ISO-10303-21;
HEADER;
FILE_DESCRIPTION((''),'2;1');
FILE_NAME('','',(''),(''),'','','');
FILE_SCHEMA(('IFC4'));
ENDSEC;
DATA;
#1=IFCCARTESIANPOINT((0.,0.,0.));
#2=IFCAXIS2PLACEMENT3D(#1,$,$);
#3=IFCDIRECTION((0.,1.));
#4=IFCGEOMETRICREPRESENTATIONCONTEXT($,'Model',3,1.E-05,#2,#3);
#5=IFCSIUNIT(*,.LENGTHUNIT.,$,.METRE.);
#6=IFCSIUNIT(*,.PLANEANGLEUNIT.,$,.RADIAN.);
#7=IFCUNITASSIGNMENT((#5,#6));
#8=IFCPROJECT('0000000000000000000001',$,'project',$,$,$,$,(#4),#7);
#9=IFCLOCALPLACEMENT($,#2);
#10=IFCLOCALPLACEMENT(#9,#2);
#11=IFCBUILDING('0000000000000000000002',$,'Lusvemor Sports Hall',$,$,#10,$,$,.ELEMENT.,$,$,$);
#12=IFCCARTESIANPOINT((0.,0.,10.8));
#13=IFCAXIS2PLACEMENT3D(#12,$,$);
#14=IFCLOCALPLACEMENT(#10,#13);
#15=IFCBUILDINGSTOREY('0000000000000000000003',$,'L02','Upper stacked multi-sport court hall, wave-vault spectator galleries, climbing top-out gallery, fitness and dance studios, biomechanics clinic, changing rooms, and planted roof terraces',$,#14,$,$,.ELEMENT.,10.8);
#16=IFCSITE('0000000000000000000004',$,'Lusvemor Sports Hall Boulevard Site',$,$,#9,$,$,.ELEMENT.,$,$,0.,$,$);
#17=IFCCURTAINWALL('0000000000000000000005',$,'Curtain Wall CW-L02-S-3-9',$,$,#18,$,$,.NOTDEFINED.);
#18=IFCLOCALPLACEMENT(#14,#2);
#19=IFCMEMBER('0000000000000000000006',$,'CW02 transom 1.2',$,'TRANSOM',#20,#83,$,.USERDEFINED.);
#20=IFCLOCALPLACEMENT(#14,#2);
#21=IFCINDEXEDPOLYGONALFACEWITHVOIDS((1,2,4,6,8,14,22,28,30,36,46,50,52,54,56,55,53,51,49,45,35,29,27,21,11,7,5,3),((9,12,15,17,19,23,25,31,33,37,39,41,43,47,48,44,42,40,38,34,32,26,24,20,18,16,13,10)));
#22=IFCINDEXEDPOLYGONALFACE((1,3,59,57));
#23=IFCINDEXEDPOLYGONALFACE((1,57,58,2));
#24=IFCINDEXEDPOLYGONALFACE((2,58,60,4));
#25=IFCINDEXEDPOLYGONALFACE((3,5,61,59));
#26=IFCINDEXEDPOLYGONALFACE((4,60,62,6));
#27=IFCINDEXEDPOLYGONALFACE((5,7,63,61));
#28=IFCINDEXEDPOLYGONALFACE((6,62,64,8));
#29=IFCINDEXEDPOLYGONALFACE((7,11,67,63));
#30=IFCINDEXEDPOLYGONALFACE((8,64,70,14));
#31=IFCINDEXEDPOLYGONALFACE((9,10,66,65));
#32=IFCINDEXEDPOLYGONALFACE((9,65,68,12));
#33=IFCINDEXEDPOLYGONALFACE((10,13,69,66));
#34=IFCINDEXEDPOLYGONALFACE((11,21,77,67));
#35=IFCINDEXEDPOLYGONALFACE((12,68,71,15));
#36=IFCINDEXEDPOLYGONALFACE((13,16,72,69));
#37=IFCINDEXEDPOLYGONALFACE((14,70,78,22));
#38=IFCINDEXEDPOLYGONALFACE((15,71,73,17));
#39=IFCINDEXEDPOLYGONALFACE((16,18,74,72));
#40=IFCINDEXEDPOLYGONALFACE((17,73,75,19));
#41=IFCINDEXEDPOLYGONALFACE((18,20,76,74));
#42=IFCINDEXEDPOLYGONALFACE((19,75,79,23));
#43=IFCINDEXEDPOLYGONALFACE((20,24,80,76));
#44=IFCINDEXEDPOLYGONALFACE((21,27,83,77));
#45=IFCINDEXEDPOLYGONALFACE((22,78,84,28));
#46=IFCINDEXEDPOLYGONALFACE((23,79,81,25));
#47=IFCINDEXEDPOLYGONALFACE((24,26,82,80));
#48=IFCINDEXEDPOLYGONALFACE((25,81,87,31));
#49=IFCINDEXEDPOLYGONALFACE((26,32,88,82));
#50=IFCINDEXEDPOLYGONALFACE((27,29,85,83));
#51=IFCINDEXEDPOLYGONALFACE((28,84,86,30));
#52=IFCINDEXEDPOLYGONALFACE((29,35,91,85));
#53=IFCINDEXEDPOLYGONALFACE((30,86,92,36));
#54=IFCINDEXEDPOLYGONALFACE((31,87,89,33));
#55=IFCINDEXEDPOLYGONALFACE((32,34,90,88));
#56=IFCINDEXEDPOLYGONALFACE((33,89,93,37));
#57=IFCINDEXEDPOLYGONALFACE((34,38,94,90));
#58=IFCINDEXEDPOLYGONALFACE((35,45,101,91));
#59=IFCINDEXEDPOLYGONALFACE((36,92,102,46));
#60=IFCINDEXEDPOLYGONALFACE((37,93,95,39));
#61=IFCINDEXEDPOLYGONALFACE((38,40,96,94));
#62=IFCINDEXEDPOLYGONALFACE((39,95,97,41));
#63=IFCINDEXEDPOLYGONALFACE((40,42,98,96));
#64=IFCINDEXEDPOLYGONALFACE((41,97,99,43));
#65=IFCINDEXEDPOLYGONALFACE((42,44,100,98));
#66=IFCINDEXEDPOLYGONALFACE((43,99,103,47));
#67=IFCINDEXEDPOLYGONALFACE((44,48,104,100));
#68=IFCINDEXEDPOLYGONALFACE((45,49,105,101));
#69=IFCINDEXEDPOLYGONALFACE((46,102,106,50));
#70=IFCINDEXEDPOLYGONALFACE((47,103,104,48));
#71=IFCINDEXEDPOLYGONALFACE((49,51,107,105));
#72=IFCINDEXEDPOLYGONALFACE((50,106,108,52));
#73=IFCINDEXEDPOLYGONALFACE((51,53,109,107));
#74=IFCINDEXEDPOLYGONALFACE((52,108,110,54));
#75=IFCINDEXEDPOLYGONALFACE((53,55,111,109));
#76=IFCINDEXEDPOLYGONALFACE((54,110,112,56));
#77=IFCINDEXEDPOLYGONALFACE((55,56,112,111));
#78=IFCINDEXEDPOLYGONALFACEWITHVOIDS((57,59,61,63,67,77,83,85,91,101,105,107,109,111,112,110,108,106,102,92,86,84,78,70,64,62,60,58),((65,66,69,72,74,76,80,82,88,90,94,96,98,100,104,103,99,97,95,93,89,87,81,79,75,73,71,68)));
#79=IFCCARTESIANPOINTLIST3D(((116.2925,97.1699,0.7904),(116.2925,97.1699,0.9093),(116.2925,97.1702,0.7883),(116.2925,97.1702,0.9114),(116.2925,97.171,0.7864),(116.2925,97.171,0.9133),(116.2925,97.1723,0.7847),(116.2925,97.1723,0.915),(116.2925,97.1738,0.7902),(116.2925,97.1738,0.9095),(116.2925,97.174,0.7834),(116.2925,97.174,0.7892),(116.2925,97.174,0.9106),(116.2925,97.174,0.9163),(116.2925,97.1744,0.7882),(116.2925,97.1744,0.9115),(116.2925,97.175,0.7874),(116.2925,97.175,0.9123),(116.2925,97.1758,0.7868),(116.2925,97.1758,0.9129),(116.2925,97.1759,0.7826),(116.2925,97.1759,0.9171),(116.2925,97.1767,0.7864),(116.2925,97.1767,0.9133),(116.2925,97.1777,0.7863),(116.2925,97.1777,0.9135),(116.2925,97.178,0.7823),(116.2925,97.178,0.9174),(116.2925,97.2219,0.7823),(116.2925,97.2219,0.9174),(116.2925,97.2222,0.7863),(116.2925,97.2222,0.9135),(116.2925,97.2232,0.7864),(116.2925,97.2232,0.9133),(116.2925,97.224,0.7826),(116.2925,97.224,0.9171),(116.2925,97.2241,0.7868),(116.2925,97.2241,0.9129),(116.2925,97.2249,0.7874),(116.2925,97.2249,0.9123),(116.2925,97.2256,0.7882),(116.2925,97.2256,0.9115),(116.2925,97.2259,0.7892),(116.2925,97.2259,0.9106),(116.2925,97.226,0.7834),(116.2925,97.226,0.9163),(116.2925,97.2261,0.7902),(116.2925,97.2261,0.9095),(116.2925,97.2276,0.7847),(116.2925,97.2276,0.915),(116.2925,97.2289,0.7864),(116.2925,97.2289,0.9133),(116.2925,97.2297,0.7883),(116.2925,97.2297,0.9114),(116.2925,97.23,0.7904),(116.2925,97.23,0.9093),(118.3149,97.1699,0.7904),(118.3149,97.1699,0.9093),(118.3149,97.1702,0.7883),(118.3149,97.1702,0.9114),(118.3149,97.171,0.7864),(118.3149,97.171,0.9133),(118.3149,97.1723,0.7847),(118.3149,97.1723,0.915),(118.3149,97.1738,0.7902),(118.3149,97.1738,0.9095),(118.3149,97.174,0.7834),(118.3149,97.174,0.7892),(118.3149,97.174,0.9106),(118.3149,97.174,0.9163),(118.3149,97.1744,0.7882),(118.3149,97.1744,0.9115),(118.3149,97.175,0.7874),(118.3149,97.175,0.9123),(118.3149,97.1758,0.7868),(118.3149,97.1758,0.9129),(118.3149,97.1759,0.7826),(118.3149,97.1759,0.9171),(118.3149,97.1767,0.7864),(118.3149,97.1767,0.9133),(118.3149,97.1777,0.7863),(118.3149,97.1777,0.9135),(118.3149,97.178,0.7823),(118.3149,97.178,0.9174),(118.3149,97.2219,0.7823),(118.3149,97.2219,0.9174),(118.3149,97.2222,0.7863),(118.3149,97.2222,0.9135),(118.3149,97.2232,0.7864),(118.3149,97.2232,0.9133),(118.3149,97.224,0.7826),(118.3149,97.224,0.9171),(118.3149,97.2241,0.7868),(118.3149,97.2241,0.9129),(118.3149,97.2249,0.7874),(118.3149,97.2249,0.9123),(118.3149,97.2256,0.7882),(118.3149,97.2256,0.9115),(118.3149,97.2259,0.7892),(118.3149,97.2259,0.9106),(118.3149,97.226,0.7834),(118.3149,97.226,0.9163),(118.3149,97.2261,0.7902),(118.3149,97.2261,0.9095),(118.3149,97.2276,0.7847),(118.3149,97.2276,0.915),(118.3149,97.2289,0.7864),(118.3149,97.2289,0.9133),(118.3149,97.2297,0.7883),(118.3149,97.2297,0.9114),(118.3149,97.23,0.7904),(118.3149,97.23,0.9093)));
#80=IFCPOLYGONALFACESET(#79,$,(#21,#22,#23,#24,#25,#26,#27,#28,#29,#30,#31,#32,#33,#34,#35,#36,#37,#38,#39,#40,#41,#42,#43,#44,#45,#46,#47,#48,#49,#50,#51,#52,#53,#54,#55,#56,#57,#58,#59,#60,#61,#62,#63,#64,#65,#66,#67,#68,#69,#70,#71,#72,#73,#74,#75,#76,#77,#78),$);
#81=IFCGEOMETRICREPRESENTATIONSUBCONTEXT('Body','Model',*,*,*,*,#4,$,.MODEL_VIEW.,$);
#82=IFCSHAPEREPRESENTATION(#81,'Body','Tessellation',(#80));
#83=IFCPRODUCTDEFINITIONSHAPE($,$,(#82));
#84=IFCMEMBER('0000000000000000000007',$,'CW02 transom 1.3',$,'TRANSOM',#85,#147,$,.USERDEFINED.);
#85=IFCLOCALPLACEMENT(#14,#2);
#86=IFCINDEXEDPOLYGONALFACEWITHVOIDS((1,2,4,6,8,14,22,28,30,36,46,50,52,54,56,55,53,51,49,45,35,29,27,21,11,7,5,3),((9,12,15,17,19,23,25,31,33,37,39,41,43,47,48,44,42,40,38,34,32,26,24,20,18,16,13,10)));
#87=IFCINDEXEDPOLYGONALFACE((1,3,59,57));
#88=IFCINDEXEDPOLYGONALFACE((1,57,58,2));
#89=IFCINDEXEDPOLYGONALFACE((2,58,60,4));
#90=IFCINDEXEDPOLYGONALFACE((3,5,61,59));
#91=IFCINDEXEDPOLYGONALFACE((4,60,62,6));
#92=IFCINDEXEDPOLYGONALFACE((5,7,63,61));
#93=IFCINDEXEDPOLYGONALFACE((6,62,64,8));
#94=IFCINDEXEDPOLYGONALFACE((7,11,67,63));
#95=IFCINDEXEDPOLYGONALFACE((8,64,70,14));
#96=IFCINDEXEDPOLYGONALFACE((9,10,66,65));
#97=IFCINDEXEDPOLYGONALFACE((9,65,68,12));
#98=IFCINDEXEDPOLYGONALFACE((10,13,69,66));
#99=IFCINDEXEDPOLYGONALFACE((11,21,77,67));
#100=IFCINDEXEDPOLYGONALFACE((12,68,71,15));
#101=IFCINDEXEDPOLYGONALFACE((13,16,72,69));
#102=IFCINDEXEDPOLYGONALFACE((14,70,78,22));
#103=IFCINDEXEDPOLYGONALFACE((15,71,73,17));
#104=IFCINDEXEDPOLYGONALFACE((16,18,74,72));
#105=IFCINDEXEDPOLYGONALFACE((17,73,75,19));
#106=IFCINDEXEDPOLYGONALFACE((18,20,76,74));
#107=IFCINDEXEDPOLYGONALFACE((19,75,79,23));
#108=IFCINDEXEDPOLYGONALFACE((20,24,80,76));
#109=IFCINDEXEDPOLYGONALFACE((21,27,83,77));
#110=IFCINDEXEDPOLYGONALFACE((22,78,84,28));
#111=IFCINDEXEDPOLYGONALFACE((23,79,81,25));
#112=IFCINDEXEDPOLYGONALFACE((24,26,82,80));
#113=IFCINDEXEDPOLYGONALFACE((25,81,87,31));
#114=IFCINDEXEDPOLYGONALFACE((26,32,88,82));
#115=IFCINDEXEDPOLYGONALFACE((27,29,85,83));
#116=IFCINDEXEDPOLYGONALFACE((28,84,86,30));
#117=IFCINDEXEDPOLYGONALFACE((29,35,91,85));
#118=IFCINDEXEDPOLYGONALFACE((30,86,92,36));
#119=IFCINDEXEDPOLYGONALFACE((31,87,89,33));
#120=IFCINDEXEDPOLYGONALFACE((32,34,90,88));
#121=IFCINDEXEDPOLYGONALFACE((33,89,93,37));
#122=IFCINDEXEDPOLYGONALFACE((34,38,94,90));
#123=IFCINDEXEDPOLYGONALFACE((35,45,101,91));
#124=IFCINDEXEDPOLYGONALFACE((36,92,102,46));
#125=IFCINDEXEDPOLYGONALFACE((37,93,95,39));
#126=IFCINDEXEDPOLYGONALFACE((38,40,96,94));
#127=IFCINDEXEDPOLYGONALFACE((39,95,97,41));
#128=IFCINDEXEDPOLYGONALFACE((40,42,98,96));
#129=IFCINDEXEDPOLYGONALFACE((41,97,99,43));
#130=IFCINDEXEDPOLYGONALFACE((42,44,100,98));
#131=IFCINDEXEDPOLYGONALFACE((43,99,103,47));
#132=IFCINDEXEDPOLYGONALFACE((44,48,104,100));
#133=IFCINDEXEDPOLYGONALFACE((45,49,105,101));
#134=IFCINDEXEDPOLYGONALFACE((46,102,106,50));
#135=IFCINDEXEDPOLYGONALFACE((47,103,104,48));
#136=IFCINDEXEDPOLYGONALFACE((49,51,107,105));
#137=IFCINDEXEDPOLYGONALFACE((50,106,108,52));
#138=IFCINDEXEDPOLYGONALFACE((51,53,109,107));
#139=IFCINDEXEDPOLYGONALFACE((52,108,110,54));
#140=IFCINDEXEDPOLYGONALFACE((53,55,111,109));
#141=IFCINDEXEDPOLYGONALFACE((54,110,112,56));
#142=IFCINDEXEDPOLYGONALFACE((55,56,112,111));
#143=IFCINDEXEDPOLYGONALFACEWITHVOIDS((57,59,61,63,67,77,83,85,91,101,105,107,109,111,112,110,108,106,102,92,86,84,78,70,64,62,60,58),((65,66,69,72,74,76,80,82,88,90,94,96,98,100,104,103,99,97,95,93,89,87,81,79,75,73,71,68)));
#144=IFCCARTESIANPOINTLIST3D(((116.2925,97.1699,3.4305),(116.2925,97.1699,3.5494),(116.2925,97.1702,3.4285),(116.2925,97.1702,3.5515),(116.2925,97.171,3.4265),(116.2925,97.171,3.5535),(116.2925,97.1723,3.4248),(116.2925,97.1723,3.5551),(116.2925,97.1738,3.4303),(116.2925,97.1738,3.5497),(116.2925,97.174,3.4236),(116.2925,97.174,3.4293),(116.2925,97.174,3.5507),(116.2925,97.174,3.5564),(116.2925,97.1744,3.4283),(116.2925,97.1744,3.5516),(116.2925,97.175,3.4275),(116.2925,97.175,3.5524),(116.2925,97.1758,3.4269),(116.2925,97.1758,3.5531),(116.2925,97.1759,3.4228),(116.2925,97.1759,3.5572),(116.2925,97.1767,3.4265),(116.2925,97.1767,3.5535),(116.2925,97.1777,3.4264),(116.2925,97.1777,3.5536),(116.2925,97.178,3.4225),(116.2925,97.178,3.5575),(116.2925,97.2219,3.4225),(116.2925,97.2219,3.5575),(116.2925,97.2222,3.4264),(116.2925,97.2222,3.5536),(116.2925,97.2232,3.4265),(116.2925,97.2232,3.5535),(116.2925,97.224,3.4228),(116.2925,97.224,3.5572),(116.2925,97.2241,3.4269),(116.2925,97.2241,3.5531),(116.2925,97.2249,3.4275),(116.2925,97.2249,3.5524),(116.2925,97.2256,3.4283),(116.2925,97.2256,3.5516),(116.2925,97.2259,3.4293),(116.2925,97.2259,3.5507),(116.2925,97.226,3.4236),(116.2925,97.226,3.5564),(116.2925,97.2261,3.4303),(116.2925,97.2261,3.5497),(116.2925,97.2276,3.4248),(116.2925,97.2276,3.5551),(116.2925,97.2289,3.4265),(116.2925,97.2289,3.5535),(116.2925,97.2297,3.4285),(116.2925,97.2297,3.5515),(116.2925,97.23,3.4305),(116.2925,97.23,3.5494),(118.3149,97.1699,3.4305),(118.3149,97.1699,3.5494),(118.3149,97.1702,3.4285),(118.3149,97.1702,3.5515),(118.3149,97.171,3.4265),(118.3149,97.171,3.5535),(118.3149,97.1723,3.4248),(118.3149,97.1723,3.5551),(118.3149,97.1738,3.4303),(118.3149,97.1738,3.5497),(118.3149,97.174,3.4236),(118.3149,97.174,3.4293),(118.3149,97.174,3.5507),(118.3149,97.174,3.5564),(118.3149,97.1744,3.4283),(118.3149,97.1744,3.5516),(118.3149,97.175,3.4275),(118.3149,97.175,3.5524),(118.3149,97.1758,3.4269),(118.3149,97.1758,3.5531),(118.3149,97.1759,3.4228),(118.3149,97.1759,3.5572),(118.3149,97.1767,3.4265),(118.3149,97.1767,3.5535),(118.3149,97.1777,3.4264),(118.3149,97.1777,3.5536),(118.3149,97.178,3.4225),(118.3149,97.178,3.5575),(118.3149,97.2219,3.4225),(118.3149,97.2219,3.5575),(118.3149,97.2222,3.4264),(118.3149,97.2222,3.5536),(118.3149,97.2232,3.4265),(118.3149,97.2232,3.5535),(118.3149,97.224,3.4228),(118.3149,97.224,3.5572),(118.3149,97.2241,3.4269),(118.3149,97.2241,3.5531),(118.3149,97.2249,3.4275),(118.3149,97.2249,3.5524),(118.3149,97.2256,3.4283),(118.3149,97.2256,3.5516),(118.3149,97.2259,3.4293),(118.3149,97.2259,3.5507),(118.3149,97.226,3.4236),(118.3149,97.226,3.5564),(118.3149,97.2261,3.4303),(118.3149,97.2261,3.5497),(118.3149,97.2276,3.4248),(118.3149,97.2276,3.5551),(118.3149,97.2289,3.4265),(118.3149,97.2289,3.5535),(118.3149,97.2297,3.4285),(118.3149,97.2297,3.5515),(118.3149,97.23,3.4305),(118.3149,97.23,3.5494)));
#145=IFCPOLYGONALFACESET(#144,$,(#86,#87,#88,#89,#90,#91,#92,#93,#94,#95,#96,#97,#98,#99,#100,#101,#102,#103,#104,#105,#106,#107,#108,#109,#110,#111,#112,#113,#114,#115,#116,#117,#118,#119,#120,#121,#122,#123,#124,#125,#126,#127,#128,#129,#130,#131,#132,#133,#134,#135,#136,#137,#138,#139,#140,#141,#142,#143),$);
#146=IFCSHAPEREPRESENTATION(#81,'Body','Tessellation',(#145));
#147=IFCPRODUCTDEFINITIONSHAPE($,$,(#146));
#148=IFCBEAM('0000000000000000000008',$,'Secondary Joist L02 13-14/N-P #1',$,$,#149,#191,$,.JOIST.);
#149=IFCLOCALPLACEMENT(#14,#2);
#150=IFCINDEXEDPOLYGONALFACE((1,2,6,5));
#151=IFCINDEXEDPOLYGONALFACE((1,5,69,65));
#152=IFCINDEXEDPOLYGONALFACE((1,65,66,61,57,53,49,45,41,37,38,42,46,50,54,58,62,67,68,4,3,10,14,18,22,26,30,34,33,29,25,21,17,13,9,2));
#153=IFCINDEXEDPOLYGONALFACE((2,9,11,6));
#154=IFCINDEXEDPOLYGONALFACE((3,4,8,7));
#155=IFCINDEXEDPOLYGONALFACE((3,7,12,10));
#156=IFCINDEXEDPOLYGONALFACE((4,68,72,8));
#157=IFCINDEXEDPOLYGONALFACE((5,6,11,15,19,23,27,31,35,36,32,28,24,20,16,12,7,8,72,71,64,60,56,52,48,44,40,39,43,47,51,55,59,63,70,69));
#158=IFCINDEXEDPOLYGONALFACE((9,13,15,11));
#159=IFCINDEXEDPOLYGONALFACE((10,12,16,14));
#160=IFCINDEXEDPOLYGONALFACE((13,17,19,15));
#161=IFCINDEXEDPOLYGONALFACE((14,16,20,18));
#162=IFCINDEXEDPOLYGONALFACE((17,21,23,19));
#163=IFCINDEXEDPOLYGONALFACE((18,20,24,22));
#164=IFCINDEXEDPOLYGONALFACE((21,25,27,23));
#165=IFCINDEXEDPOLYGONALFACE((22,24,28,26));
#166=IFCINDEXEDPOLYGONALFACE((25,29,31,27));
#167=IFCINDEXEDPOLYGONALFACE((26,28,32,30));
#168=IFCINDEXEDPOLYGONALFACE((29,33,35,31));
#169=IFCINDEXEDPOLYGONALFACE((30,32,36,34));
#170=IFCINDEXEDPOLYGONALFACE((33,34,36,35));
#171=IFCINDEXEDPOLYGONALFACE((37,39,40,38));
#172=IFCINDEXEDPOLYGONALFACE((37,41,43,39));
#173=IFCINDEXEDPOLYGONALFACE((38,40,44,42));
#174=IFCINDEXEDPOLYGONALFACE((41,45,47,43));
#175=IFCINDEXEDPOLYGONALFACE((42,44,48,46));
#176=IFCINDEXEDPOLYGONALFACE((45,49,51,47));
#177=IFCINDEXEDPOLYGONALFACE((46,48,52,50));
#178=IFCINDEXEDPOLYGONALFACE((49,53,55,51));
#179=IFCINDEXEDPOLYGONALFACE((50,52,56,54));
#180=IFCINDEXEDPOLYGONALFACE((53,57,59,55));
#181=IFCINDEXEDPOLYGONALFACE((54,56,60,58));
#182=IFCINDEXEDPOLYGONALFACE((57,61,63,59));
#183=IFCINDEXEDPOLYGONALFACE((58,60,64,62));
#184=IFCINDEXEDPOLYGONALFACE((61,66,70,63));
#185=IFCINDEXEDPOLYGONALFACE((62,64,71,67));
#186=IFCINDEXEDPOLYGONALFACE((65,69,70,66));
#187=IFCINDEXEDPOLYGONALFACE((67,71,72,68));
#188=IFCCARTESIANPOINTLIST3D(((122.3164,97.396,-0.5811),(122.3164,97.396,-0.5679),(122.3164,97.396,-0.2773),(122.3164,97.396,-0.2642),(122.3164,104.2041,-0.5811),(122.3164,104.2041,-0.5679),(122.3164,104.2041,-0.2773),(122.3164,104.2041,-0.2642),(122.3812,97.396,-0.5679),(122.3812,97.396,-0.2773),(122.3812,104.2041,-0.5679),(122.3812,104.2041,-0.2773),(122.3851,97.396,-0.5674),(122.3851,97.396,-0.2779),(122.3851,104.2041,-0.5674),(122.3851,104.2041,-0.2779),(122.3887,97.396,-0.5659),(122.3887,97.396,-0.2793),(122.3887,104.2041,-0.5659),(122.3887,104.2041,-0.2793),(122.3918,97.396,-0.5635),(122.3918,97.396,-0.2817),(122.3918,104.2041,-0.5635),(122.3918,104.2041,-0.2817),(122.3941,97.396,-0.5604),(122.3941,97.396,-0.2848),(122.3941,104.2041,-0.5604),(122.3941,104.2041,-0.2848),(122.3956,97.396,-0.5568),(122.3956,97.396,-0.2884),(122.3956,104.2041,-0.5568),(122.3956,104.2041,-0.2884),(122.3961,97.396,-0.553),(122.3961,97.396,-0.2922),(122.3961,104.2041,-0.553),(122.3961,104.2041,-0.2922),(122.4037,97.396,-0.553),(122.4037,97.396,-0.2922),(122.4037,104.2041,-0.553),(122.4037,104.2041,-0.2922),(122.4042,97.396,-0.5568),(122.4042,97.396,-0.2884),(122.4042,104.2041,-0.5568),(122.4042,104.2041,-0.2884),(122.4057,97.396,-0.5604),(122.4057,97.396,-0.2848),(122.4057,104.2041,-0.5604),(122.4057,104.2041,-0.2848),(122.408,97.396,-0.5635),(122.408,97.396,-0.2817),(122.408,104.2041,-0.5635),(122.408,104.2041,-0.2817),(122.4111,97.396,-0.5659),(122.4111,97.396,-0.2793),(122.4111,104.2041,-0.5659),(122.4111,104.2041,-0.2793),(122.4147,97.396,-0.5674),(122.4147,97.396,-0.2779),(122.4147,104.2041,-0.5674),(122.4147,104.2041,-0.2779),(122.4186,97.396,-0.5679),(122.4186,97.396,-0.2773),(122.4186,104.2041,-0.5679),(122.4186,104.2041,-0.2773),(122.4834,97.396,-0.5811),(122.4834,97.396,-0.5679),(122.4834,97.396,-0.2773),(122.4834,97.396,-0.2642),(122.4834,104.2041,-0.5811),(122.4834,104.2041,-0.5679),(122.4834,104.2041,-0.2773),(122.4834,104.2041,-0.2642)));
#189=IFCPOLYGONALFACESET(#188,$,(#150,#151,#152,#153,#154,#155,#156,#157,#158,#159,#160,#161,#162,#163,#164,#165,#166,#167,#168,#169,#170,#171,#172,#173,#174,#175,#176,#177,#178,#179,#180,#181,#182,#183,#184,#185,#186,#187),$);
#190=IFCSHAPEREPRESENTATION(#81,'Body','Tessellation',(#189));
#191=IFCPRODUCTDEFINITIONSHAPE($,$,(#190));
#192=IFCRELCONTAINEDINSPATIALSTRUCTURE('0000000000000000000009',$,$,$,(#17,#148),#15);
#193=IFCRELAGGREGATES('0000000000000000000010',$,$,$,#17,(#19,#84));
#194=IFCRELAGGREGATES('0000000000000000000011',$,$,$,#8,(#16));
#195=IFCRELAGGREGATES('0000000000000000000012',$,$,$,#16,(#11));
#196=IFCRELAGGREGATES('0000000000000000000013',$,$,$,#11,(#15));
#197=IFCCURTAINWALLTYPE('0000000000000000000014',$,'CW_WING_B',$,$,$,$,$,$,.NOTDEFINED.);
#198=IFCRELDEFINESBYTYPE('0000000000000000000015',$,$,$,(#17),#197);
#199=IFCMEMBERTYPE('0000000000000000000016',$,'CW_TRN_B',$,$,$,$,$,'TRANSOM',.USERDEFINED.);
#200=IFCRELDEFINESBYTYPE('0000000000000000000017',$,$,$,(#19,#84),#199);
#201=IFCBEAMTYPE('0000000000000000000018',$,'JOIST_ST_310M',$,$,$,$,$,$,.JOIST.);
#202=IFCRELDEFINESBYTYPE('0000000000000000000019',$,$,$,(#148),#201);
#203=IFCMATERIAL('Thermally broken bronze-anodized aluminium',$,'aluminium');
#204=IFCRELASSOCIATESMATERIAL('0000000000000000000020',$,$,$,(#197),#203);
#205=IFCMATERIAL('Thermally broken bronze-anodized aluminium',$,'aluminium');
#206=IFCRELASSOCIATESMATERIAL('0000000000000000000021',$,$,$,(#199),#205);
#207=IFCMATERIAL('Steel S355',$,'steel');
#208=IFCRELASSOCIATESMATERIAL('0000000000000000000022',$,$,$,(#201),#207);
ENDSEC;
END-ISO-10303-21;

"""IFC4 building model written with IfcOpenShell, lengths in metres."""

from ifc_helpers import new_model, si_unit, direction, frame, origin, origin_2d, place, context, subcontext, project, spatial, hollow_rectangle, i_section, extrude, material, material_profile, profile_set, type_object, element, aggregate, save


model = new_model("IFC4")

# Units and contexts
model_context = context("Model", 3, precision=1e-05, world=origin(), true_north=direction((0.0, 1.0)))
body_context = subcontext(model_context, "Body", "Model", "MODEL_VIEW")
ifc_project = project(units=[si_unit("LENGTHUNIT", "METRE"), si_unit("PLANEANGLEUNIT", "RADIAN")], contexts=[model_context])

# Site, building, storey
site_placement = place(None, origin())
site = spatial("IfcSite", under=ifc_project, at=site_placement, Name="Lusvemor Sports Hall Boulevard Site", CompositionType="ELEMENT", RefElevation=0.0)
building_placement = place(site_placement, origin())
building = spatial("IfcBuilding", under=site, at=building_placement, Name="Lusvemor Sports Hall", CompositionType="ELEMENT")
storey_placement = place(building_placement, frame((0.0, 0.0, 10.8)))
storey = spatial("IfcBuildingStorey", under=building, at=storey_placement, Name="L02", Description="Upper stacked multi-sport court hall, wave-vault spectator galleries, climbing top-out gallery, fitness and dance studios, biomechanics clinic, changing rooms, and planted roof terraces", CompositionType="ELEMENT", Elevation=10.8)

# Curtain wall, members
ifc_material_1 = material(Name="Thermally broken bronze-anodized aluminium", Category="aluminium")
curtain_wall_type = type_object("IfcCurtainWallType", Name="CW_WING_B", PredefinedType="NOTDEFINED", material=ifc_material_1)
curtain_wall_placement = place(storey_placement, origin())
curtain_wall = element("IfcCurtainWall", 1, at=curtain_wall_placement, inside=storey, type_object=curtain_wall_type, Name="Curtain Wall CW-L02-S-3-9", PredefinedType="NOTDEFINED")
ifc_material_2 = material(Name="Thermally broken bronze-anodized aluminium", Category="aluminium")
ifc_material_profile_1 = material_profile(ifc_material_2, hollow_rectangle(XDim=0.0601, YDim=0.135, WallThickness=0.0039, InnerFilletRadius=0.0039, OuterFilletRadius=0.0081, at=origin_2d()), Name="CWTRN135x60x4")
ifc_profile_set_1 = profile_set([ifc_material_profile_1], Name="Thermally broken bronze-anodized aluminium")
member_type_1 = type_object("IfcMemberType", Name="CW_TRN_B", ElementType="TRANSOM", PredefinedType="USERDEFINED", material=ifc_profile_set_1)
member_1_placement = place(storey_placement, frame((118.3149, 97.2, 0.8499), z_axis=(-1.0, 0.0, 0.0), x_axis=(0.0, -1.0, 0.0)))
member_1 = element("IfcMember", 2, at=member_1_placement, type_object=member_type_1, Name="CW02 transom 1.2", ObjectType="TRANSOM", PredefinedType="USERDEFINED", context=body_context, shape_type="SweptSolid", body=[
    extrude(hollow_rectangle(XDim=0.0601, YDim=0.135, WallThickness=0.0039, InnerFilletRadius=0.0039, OuterFilletRadius=0.0081, at=origin_2d()), origin(), (0.0, 0.0, 1.0), 2.0225),
])
member_2_placement = place(storey_placement, frame((118.3149, 97.2, 3.49), z_axis=(-1.0, 0.0, 0.0), x_axis=(0.0, -1.0, 0.0)))
member_2 = element("IfcMember", 3, at=member_2_placement, type_object=member_type_1, Name="CW02 transom 1.3", ObjectType="TRANSOM", PredefinedType="USERDEFINED", context=body_context, shape_type="SweptSolid", body=[
    extrude(hollow_rectangle(XDim=0.0601, YDim=0.135, WallThickness=0.0039, InnerFilletRadius=0.0039, OuterFilletRadius=0.0081, at=origin_2d()), origin(), (0.0, 0.0, 1.0), 2.0225),
])

# Beam
ifc_material_3 = material(Name="Steel S355", Category="steel")
ifc_material_profile_2 = material_profile(ifc_material_3, i_section(OverallWidth=0.167, OverallDepth=0.3169, WebThickness=0.0076, FlangeThickness=0.0132, FilletRadius=0.0149, at=origin_2d()), Name="W310x52.0")
ifc_profile_set_2 = profile_set([ifc_material_profile_2], Name="Steel S355")
beam_type_1 = type_object("IfcBeamType", Name="JOIST_ST_310M", PredefinedType="JOIST", material=ifc_profile_set_2)
for number, where, z_axis, x_axis, name in (
    (4, (122.3999, 97.396, -0.4226), (0.0, 1.0, 0.0), (-1.0, 0.0, 0.0), "Secondary Joist L02 13-14/N-P #1"),
):
    element("IfcBeam", number, at=place(storey_placement, frame(where, z_axis=z_axis, x_axis=x_axis)), inside=storey, type_object=beam_type_1, Name=name, PredefinedType="JOIST", context=body_context, shape_type="SweptSolid", body=[
        extrude(i_section(OverallWidth=0.167, OverallDepth=0.3169, WebThickness=0.0076, FlangeThickness=0.0132, FilletRadius=0.0149, at=origin_2d()), origin(), (0.0, 0.0, 1.0), 6.8081),
    ])

aggregate(curtain_wall, [member_1, member_2])

save(model, "model.ifc")
